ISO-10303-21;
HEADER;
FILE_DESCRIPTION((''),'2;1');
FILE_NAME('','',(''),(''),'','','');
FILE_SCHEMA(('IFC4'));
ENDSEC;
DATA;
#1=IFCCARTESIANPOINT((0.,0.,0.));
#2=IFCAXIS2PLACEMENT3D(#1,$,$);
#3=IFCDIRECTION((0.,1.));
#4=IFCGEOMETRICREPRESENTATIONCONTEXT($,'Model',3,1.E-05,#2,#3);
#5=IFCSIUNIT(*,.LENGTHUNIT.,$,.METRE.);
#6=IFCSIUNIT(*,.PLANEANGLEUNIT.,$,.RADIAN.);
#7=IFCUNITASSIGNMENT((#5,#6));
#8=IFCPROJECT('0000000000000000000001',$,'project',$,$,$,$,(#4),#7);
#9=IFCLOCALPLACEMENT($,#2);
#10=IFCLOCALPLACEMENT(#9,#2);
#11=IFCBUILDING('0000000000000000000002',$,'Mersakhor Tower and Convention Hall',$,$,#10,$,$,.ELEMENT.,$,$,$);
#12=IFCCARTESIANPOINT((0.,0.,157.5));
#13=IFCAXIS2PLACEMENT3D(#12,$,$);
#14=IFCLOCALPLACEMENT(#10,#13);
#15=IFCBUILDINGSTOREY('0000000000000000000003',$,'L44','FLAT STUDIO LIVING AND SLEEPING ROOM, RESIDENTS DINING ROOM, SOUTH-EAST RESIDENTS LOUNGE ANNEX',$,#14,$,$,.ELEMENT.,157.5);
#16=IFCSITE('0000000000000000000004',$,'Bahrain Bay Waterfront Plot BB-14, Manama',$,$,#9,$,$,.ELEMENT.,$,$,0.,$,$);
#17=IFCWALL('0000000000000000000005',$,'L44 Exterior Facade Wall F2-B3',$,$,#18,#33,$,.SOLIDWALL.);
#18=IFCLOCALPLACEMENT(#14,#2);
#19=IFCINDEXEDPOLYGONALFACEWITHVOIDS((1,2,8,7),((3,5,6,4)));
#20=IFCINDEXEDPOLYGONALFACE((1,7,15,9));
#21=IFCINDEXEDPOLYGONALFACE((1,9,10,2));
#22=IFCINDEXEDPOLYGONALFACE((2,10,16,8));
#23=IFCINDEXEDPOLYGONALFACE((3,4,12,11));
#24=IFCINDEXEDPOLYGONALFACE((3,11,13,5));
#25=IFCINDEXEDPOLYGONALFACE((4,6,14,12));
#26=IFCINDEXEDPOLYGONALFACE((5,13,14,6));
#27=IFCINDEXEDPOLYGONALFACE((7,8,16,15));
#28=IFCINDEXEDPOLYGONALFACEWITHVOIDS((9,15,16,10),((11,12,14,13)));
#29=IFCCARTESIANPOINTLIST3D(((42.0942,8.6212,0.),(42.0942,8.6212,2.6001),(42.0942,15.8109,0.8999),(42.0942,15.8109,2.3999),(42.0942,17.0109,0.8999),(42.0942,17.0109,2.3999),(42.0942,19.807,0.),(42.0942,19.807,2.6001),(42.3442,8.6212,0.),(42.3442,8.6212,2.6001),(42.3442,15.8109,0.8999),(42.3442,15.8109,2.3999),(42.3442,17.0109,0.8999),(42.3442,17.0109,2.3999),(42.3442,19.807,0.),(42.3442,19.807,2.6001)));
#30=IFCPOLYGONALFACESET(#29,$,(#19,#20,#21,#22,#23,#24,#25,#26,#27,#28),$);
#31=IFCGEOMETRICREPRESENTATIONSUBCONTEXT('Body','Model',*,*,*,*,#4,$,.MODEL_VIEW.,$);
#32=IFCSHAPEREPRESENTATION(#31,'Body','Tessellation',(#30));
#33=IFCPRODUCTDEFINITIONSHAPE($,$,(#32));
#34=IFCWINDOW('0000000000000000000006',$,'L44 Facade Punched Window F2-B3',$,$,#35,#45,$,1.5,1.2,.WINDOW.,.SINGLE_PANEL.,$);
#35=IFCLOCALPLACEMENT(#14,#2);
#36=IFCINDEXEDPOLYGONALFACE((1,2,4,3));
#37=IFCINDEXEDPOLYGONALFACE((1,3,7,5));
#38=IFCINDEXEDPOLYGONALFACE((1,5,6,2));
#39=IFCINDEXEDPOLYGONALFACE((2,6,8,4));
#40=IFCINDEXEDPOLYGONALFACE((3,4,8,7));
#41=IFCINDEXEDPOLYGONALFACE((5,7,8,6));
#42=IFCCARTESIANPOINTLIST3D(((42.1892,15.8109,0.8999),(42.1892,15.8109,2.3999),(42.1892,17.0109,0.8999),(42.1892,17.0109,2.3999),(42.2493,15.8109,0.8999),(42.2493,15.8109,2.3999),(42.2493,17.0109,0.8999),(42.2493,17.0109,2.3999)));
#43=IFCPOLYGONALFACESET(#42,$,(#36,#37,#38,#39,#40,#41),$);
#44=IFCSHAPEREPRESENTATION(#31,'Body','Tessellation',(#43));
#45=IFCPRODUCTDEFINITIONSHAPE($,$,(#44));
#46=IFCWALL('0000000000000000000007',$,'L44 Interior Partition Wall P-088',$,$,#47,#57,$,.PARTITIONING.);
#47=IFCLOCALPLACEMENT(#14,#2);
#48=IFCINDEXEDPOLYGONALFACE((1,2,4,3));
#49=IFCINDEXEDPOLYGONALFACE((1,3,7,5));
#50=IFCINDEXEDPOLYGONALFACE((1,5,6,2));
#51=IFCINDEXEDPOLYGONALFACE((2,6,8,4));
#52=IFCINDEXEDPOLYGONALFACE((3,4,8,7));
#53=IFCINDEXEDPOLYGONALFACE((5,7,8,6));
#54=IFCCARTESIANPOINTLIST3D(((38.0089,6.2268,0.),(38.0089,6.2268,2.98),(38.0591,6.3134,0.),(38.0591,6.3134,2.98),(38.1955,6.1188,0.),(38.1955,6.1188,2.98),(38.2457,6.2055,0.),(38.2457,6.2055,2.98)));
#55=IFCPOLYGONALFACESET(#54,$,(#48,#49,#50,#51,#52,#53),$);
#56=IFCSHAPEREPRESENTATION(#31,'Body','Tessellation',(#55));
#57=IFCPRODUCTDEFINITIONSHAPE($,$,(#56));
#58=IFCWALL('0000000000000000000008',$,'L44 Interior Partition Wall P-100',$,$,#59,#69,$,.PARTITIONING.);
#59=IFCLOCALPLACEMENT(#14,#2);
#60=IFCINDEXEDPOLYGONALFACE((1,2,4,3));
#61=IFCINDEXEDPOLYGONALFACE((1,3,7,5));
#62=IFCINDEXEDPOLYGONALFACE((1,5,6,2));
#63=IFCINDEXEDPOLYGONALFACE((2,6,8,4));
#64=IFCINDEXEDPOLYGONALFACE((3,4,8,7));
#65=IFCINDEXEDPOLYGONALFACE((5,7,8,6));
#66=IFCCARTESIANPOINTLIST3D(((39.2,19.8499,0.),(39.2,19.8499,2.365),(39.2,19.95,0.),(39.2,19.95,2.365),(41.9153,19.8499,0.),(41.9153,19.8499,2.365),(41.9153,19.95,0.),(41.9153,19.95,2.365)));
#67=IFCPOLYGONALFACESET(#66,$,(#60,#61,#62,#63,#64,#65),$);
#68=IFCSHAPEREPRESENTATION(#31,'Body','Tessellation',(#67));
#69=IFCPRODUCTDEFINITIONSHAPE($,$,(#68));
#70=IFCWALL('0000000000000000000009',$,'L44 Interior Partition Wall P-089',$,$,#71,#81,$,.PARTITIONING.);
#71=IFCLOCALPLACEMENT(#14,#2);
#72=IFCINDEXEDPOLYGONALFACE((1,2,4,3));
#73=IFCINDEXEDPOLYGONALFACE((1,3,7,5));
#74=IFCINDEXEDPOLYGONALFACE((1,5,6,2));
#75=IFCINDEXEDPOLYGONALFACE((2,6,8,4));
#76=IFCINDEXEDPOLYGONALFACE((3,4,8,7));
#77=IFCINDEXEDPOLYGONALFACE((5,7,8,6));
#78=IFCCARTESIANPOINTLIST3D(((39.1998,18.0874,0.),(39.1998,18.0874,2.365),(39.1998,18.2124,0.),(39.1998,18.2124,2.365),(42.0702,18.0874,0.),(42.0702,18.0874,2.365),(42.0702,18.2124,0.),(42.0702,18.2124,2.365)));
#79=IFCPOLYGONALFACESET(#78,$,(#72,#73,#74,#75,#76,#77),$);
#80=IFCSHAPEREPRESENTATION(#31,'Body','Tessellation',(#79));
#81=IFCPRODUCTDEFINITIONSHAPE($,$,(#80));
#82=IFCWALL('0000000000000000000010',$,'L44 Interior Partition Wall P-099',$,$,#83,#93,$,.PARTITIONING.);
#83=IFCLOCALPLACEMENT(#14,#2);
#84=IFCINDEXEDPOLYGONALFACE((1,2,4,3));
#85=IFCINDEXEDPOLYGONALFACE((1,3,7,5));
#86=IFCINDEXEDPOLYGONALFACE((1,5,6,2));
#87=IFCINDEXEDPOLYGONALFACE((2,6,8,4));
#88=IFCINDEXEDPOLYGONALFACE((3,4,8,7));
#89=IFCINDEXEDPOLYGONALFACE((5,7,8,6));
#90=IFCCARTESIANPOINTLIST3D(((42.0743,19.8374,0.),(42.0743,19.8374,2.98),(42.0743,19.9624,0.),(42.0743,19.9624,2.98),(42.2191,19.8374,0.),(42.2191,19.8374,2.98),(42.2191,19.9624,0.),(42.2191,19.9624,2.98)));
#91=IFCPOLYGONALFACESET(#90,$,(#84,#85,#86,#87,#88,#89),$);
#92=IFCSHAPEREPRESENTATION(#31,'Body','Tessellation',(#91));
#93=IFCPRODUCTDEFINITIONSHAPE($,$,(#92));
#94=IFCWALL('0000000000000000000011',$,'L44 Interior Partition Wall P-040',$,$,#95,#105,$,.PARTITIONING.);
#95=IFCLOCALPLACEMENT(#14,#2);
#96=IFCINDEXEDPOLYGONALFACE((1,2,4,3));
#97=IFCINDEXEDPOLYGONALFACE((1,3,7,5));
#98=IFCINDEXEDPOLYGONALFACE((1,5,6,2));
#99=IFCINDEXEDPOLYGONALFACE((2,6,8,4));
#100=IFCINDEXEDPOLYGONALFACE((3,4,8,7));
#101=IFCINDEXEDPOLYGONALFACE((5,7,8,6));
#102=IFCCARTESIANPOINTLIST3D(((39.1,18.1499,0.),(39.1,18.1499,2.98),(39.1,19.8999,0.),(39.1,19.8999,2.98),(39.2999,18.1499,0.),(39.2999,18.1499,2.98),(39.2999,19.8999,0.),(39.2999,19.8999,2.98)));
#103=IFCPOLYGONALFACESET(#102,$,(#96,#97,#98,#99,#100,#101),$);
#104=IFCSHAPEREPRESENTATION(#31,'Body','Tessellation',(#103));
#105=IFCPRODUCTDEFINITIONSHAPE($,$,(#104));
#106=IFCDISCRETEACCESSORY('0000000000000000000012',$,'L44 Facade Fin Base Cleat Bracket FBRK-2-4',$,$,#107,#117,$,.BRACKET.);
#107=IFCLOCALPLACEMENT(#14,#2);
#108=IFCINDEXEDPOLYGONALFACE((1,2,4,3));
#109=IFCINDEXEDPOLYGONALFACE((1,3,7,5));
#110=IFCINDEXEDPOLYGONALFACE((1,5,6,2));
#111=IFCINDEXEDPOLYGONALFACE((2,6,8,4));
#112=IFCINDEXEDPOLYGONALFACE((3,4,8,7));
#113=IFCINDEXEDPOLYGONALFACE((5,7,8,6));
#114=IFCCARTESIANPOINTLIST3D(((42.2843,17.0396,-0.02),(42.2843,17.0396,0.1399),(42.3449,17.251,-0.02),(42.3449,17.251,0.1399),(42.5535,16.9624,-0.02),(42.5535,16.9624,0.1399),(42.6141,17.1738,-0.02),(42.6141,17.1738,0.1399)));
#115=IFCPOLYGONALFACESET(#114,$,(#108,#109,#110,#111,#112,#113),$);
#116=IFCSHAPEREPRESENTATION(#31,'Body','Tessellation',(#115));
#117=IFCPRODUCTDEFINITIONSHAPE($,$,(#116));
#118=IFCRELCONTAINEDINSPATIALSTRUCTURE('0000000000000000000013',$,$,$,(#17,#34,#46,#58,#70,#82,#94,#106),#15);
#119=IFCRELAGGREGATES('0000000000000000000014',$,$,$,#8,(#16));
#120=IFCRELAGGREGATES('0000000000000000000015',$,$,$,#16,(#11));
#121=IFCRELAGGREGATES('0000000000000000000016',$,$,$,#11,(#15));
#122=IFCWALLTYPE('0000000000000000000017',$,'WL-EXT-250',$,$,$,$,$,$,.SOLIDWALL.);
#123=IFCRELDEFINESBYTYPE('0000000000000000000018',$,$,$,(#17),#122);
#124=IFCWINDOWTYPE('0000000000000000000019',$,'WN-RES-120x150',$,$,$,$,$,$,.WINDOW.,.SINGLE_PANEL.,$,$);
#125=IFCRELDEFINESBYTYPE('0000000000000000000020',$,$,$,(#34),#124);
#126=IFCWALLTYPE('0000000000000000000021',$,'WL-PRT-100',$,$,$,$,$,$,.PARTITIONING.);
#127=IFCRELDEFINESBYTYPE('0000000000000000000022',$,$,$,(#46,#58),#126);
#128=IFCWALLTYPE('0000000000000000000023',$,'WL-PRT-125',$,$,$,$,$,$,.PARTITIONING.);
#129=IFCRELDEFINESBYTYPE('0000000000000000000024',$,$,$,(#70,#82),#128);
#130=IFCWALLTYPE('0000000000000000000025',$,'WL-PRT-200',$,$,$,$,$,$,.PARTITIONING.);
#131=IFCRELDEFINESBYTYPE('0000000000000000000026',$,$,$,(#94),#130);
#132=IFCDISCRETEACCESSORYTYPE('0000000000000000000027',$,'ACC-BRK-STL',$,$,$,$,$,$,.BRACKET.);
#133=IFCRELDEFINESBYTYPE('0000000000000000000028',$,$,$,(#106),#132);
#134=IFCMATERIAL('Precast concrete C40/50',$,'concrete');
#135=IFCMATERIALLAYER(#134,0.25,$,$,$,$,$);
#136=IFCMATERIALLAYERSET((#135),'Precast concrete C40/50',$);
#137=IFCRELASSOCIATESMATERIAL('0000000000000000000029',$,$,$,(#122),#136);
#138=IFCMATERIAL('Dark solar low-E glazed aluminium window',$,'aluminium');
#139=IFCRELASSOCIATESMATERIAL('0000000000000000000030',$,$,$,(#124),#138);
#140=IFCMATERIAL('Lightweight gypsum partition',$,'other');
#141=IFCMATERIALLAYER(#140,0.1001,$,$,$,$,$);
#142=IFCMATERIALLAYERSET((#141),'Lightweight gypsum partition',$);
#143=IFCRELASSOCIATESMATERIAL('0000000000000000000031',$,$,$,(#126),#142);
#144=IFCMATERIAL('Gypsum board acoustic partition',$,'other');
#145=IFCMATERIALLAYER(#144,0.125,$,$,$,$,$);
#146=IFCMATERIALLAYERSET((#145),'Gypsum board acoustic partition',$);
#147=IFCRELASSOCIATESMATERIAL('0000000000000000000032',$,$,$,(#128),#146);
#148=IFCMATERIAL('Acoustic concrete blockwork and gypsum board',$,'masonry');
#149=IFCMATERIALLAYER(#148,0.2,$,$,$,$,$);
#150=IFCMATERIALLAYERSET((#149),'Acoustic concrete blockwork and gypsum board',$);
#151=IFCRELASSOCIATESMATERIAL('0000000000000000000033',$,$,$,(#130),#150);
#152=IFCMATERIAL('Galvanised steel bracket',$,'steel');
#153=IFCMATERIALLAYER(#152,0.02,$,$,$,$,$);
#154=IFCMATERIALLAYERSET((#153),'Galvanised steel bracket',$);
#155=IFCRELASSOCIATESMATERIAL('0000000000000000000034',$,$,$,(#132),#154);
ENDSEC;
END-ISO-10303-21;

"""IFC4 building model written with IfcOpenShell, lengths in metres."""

from ifc_helpers import new_model, si_unit, direction, frame, frame_2d, origin, origin_2d, place, context, subcontext, project, spatial, rectangle, extrude, material, layer, layer_set, type_object, element, fill, save


model = new_model("IFC4")

# Units and contexts
model_context = context("Model", 3, precision=1e-05, world=origin(), true_north=direction((0.0, 1.0)))
body_context = subcontext(model_context, "Body", "Model", "MODEL_VIEW")
ifc_project = project(units=[si_unit("LENGTHUNIT", "METRE"), si_unit("PLANEANGLEUNIT", "RADIAN")], contexts=[model_context])

# Site, building, storey
site_placement = place(None, origin())
site = spatial("IfcSite", under=ifc_project, at=site_placement, Name="Bahrain Bay Waterfront Plot BB-14, Manama", CompositionType="ELEMENT", RefElevation=0.0)
building_placement = place(site_placement, origin())
building = spatial("IfcBuilding", under=site, at=building_placement, Name="Mersakhor Tower and Convention Hall", CompositionType="ELEMENT")
storey_placement = place(building_placement, frame((0.0, 0.0, 157.5)))
storey = spatial("IfcBuildingStorey", under=building, at=storey_placement, Name="L44", Description="FLAT STUDIO LIVING AND SLEEPING ROOM, RESIDENTS DINING ROOM, SOUTH-EAST RESIDENTS LOUNGE ANNEX", CompositionType="ELEMENT", Elevation=157.5)

# Shared definitions
ifc_material_1 = material(Name="Precast concrete C40/50", Category="concrete")
ifc_layer_1 = layer(ifc_material_1, 0.25)
ifc_layer_set_1 = layer_set([ifc_layer_1], Name="Precast concrete C40/50")
wall_type_1 = type_object("IfcWallType", Name="WL-EXT-250", PredefinedType="SOLIDWALL", material=ifc_layer_set_1)

# Wall, opening, window
wall_1_placement = place(storey_placement, frame((42.2192, 19.8069, 0.0), z_axis=(0.0, 0.0, 1.0), x_axis=(0.0, -1.0, 0.0)))
wall_1 = element("IfcWall", 1, at=wall_1_placement, inside=storey, type_object=wall_type_1, Name="L44 Exterior Facade Wall F2-B3", PredefinedType="SOLIDWALL", context=body_context, shape_type="SweptSolid", body=[
    extrude(rectangle(XDim=11.1858, YDim=0.25, at=frame_2d((5.5928, 0.0))), origin(), (0.0, 0.0, 1.0), 2.6001),
])
opening_1_placement = place(wall_1_placement, frame((2.7959, 0.0, 0.8999)))
opening_1 = element("IfcOpeningElement", 2, at=opening_1_placement, cuts=wall_1, PredefinedType="OPENING", context=body_context, shape_type="SweptSolid", body=[
    extrude(rectangle(XDim=1.2, YDim=1.5, at=frame_2d((0.6001, 0.75))), frame((0.0, 0.135, 0.0), z_axis=(0.0, -1.0, 0.0), x_axis=(1.0, 0.0, 0.0)), (0.0, 0.0, 1.0), 0.27),
])
ifc_material_2 = material(Name="Dark solar low-E glazed aluminium window", Category="aluminium")
window_type = type_object("IfcWindowType", Name="WN-RES-120x150", PartitioningType="SINGLE_PANEL", PredefinedType="WINDOW", material=ifc_material_2)
window_placement = place(opening_1_placement, origin())
window = element("IfcWindow", 3, at=window_placement, inside=storey, type_object=window_type, Name="L44 Facade Punched Window F2-B3", OverallHeight=1.5, OverallWidth=1.2, PartitioningType="SINGLE_PANEL", PredefinedType="WINDOW", context=body_context, shape_type="SweptSolid", body=[
    extrude(rectangle(XDim=1.2, YDim=1.5, at=frame_2d((0.6001, 0.75))), frame((0.0, 0.03, 0.0), z_axis=(0.0, -1.0, 0.0), x_axis=(1.0, 0.0, 0.0)), (0.0, 0.0, 1.0), 0.0601),
])
fill(opening_1, window)

# Walls
ifc_material_3 = material(Name="Lightweight gypsum partition", Category="other")
ifc_layer_2 = layer(ifc_material_3, 0.1001)
ifc_layer_set_2 = layer_set([ifc_layer_2], Name="Lightweight gypsum partition")
wall_type_2 = type_object("IfcWallType", Name="WL-PRT-100", PredefinedType="PARTITIONING", material=ifc_layer_set_2)
wall_2_placement = place(storey_placement, frame((38.2207, 6.1621, 0.0), z_axis=(0.0, 0.0, 1.0), x_axis=(-0.865581, 0.500768, 0.0)))
element("IfcWall", 4, at=wall_2_placement, inside=storey, type_object=wall_type_2, Name="L44 Interior Partition Wall P-088", PredefinedType="PARTITIONING", context=body_context, shape_type="SweptSolid", body=[
    extrude(rectangle(XDim=0.2156, YDim=0.1001, at=frame_2d((0.1079, 0.0))), origin(), (0.0, 0.0, 1.0), 2.98),
])
wall_3_placement = place(storey_placement, frame((41.9153, 19.8999, 0.0), z_axis=(0.0, 0.0, 1.0), x_axis=(-1.0, 0.0, 0.0)))
element("IfcWall", 5, at=wall_3_placement, inside=storey, type_object=wall_type_2, Name="L44 Interior Partition Wall P-100", PredefinedType="PARTITIONING", context=body_context, shape_type="SweptSolid", body=[
    extrude(rectangle(XDim=2.7153, YDim=0.1001, at=frame_2d((1.3577, 0.0))), origin(), (0.0, 0.0, 1.0), 2.365),
])
ifc_material_4 = material(Name="Gypsum board acoustic partition", Category="other")
ifc_layer_3 = layer(ifc_material_4, 0.125)
ifc_layer_set_3 = layer_set([ifc_layer_3], Name="Gypsum board acoustic partition")
wall_type_3 = type_object("IfcWallType", Name="WL-PRT-125", PredefinedType="PARTITIONING", material=ifc_layer_set_3)
wall_4_placement = place(storey_placement, frame((39.2, 18.1499, 0.0), z_axis=(0.0, 0.0, 1.0), x_axis=(1.0, 0.0, 0.0)))
element("IfcWall", 6, at=wall_4_placement, inside=storey, type_object=wall_type_3, Name="L44 Interior Partition Wall P-089", PredefinedType="PARTITIONING", context=body_context, shape_type="SweptSolid", body=[
    extrude(rectangle(XDim=2.8704, YDim=0.125, at=frame_2d((1.4351, 0.0))), origin(), (0.0, 0.0, 1.0), 2.365),
])
wall_5_placement = place(storey_placement, frame((42.219, 19.8999, 0.0), z_axis=(0.0, 0.0, 1.0), x_axis=(-1.0, 0.0, 0.0)))
element("IfcWall", 7, at=wall_5_placement, inside=storey, type_object=wall_type_3, Name="L44 Interior Partition Wall P-099", PredefinedType="PARTITIONING", context=body_context, shape_type="SweptSolid", body=[
    extrude(rectangle(XDim=0.1448, YDim=0.125, at=frame_2d((0.0723, 0.0))), origin(), (0.0, 0.0, 1.0), 2.98),
])
ifc_material_5 = material(Name="Acoustic concrete blockwork and gypsum board", Category="masonry")
ifc_layer_4 = layer(ifc_material_5, 0.2)
ifc_layer_set_4 = layer_set([ifc_layer_4], Name="Acoustic concrete blockwork and gypsum board")
wall_type_4 = type_object("IfcWallType", Name="WL-PRT-200", PredefinedType="PARTITIONING", material=ifc_layer_set_4)
wall_6_placement = place(storey_placement, frame((39.2, 19.8999, 0.0), z_axis=(0.0, 0.0, 1.0), x_axis=(0.0, -1.0, 0.0)))
element("IfcWall", 8, at=wall_6_placement, inside=storey, type_object=wall_type_4, Name="L44 Interior Partition Wall P-040", PredefinedType="PARTITIONING", context=body_context, shape_type="SweptSolid", body=[
    extrude(rectangle(XDim=1.75, YDim=0.2, at=frame_2d((0.875, 0.0))), origin(), (0.0, 0.0, 1.0), 2.98),
])

# Discrete accessory
ifc_material_6 = material(Name="Galvanised steel bracket", Category="steel")
ifc_layer_5 = layer(ifc_material_6, 0.02)
ifc_layer_set_5 = layer_set([ifc_layer_5], Name="Galvanised steel bracket")
discrete_accessory_type = type_object("IfcDiscreteAccessoryType", Name="ACC-BRK-STL", PredefinedType="BRACKET", material=ifc_layer_set_5)
discrete_accessory_placement = place(storey_placement, frame((42.4492, 17.1067, -0.02), z_axis=(0.0, 0.0, 1.0), x_axis=(0.961262, -0.275637, 0.0)))
element("IfcDiscreteAccessory", 9, at=discrete_accessory_placement, inside=storey, type_object=discrete_accessory_type, Name="L44 Facade Fin Base Cleat Bracket FBRK-2-4", PredefinedType="BRACKET", context=body_context, shape_type="SweptSolid", body=[
    extrude(rectangle(XDim=0.28, YDim=0.22, at=origin_2d()), origin(), (0.0, 0.0, 1.0), 0.1599),
])

save(model, "model.ifc")
